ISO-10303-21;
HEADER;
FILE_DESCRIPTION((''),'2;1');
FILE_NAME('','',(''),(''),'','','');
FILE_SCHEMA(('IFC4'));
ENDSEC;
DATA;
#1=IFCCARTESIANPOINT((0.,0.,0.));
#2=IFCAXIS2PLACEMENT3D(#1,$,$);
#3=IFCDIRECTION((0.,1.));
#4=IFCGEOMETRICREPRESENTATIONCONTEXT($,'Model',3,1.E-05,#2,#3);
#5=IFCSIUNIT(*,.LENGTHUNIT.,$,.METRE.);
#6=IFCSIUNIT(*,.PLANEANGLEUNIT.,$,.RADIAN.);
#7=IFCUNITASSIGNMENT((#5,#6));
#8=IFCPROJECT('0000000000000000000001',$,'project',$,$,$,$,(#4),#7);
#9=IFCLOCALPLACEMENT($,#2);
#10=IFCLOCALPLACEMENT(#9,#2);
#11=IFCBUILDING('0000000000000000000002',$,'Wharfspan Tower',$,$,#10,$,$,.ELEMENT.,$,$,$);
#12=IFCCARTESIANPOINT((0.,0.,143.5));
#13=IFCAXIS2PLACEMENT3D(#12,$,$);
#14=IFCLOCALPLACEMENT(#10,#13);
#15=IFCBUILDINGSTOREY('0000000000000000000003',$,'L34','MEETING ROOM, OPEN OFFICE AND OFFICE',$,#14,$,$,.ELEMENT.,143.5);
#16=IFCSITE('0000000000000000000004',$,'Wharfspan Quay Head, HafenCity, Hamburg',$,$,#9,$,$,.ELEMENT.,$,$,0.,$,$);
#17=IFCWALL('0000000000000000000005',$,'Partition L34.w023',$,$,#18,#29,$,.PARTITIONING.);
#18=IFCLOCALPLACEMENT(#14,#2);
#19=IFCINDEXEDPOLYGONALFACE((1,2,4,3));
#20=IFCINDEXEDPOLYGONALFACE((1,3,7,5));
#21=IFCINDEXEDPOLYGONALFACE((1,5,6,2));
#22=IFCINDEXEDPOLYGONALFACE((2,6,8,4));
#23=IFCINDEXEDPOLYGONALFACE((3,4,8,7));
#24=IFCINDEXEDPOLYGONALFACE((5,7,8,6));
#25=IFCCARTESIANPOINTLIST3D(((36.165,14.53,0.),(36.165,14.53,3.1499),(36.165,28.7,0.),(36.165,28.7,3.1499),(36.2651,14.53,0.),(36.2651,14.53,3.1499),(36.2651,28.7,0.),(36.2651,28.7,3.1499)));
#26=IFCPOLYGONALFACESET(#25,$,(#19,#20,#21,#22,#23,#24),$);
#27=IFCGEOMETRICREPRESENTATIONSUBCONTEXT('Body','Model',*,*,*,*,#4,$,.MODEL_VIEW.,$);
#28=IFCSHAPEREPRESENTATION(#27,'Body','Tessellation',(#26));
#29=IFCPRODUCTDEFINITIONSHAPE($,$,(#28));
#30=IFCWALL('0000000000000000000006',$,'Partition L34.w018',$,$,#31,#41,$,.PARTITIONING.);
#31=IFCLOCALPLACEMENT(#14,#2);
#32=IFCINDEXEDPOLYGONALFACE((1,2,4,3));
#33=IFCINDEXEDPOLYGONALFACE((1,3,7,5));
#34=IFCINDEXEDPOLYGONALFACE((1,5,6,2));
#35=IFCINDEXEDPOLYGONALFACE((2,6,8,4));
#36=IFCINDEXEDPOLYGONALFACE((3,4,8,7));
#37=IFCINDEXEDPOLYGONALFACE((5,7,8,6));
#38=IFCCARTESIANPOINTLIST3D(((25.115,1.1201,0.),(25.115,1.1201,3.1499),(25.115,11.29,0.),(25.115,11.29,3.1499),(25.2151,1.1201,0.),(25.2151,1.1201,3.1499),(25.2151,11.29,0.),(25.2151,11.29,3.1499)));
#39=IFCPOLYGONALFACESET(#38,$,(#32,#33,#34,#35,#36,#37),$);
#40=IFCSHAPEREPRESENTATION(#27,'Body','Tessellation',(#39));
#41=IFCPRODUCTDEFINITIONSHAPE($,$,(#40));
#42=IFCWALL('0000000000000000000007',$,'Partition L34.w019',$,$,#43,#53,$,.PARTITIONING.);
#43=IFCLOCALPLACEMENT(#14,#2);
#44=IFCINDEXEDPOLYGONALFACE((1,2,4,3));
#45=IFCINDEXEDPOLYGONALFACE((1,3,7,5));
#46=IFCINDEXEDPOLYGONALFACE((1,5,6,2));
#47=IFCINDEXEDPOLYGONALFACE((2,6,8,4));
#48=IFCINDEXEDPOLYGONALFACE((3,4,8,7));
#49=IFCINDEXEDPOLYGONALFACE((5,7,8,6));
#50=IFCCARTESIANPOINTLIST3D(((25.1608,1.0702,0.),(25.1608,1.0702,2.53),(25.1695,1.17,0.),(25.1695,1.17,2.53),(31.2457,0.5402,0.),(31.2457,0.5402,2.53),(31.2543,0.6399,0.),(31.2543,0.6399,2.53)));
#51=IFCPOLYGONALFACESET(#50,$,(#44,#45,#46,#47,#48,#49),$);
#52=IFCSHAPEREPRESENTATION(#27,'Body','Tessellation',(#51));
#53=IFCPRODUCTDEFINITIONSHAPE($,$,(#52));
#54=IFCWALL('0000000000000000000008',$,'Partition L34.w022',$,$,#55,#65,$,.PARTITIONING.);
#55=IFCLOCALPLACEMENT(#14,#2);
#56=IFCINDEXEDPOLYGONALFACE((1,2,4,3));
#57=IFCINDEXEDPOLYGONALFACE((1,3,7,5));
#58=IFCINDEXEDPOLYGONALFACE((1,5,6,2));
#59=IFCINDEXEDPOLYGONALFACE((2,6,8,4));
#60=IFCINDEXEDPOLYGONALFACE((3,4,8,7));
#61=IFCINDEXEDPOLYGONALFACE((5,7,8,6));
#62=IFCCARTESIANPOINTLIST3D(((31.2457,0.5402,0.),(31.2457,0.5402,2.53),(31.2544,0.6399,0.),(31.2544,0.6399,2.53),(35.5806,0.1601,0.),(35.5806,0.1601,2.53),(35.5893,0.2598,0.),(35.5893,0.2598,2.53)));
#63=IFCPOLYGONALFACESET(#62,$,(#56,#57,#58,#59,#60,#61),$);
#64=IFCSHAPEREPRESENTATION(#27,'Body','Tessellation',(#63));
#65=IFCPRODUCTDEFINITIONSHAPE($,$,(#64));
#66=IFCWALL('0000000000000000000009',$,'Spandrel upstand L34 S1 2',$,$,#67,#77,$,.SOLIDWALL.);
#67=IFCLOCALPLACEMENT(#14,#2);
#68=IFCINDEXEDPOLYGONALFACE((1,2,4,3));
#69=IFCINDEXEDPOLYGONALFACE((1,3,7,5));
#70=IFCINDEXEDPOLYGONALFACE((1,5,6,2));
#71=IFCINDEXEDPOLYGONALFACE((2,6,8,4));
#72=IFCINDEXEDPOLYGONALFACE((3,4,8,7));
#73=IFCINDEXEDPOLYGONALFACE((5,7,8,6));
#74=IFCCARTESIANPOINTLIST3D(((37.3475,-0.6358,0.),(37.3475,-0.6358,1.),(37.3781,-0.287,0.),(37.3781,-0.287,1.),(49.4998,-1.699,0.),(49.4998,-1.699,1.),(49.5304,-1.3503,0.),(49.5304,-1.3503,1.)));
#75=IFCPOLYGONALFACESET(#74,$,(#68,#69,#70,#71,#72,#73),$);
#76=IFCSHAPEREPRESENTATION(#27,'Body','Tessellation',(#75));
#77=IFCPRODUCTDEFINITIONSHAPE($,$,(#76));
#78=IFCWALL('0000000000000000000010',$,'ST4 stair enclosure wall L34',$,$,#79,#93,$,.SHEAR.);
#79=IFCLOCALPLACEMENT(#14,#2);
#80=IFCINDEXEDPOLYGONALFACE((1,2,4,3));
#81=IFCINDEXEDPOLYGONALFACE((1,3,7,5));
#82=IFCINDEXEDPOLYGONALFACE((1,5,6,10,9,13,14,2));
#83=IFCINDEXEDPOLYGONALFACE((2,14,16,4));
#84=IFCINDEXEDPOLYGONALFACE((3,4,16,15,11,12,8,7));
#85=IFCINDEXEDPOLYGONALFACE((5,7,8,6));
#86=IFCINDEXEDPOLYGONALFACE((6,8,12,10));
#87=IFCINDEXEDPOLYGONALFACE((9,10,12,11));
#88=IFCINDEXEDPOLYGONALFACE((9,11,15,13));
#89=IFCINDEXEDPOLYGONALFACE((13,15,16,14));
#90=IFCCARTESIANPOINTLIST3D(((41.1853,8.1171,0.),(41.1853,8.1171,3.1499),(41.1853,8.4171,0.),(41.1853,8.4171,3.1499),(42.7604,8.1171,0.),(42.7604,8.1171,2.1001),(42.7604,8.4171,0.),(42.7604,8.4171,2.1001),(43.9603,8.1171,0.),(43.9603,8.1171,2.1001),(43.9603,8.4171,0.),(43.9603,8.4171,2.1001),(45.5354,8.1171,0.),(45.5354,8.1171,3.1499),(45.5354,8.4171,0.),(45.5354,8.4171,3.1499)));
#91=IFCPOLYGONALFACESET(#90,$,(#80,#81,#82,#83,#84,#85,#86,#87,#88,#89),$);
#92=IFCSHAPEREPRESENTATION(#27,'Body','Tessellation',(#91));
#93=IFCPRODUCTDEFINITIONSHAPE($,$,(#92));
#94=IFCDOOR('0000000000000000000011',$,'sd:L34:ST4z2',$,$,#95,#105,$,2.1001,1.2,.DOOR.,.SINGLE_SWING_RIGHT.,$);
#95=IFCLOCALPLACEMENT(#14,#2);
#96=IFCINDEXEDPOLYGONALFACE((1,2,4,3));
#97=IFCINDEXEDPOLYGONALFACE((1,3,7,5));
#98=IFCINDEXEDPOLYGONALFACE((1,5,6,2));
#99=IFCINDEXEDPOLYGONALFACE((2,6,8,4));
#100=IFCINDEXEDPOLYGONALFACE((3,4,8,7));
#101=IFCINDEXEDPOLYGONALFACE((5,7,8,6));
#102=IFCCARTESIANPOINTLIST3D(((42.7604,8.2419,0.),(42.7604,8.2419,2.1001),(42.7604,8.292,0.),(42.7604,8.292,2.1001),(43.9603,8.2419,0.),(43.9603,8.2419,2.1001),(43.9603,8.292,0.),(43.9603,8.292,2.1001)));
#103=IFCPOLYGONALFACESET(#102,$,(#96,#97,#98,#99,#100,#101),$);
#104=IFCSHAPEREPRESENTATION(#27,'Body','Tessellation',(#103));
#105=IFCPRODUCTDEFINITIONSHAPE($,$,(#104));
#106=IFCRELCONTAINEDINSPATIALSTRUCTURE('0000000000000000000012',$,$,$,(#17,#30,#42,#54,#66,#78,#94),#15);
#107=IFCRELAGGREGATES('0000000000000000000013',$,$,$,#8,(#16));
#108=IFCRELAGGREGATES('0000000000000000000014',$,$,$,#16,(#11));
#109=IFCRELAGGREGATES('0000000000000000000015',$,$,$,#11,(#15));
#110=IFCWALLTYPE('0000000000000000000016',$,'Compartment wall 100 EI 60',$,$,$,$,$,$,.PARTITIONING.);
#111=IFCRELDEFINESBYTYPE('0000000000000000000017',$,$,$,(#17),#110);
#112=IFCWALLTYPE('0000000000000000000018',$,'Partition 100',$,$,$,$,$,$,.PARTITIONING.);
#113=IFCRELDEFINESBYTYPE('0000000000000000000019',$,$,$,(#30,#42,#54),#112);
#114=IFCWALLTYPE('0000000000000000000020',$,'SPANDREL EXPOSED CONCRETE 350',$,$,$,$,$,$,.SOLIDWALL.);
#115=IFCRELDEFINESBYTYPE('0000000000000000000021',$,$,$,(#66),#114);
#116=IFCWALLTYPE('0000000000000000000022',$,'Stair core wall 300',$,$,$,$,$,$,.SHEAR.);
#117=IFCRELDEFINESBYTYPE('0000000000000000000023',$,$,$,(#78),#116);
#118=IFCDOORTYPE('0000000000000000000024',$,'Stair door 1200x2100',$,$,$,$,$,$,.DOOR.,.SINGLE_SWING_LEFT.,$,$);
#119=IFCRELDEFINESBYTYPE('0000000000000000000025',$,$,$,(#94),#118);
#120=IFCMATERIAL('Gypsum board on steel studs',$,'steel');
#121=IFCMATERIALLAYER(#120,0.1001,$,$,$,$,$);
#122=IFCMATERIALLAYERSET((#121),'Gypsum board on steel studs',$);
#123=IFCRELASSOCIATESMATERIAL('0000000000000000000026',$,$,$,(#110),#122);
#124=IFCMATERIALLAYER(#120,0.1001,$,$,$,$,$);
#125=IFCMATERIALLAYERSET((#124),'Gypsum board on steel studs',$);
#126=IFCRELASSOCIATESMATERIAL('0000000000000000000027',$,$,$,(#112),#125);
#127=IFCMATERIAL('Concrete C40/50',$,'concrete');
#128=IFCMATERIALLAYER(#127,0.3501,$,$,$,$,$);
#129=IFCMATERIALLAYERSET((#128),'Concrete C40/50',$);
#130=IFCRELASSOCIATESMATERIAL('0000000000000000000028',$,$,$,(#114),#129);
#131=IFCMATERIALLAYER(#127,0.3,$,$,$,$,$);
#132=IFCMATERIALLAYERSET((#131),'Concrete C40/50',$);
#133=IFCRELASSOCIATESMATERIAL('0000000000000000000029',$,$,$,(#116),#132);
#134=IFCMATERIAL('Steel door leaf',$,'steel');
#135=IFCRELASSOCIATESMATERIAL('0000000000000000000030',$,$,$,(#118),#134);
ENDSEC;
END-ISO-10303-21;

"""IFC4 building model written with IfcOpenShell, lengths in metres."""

from ifc_helpers import new_model, si_unit, direction, frame, frame_2d, origin, place, context, subcontext, project, spatial, rectangle, extrude, material, layer, layer_set, type_object, element, fill, save


model = new_model("IFC4")

# Units and contexts
model_context = context("Model", 3, precision=1e-05, world=origin(), true_north=direction((0.0, 1.0)))
body_context = subcontext(model_context, "Body", "Model", "MODEL_VIEW")
ifc_project = project(units=[si_unit("LENGTHUNIT", "METRE"), si_unit("PLANEANGLEUNIT", "RADIAN")], contexts=[model_context])

# Site, building, storey
site_placement = place(None, origin())
site = spatial("IfcSite", under=ifc_project, at=site_placement, Name="Wharfspan Quay Head, HafenCity, Hamburg", CompositionType="ELEMENT", RefElevation=0.0)
building_placement = place(site_placement, origin())
building = spatial("IfcBuilding", under=site, at=building_placement, Name="Wharfspan Tower", CompositionType="ELEMENT")
storey_placement = place(building_placement, frame((0.0, 0.0, 143.5)))
storey = spatial("IfcBuildingStorey", under=building, at=storey_placement, Name="L34", Description="MEETING ROOM, OPEN OFFICE AND OFFICE", CompositionType="ELEMENT", Elevation=143.5)

# Walls
ifc_material_1 = material(Name="Gypsum board on steel studs", Category="steel")
ifc_layer_1 = layer(ifc_material_1, 0.1001)
ifc_layer_set_1 = layer_set([ifc_layer_1], Name="Gypsum board on steel studs")
wall_type_1 = type_object("IfcWallType", Name="Compartment wall 100 EI 60", PredefinedType="PARTITIONING", material=ifc_layer_set_1)
wall_1_placement = place(storey_placement, frame((36.2151, 14.53, 0.0), z_axis=(0.0, 0.0, 1.0), x_axis=(0.0, 1.0, 0.0)))
element("IfcWall", 1, at=wall_1_placement, inside=storey, type_object=wall_type_1, Name="Partition L34.w023", PredefinedType="PARTITIONING", context=body_context, shape_type="SweptSolid", body=[
    extrude(rectangle(XDim=14.1699, YDim=0.1001, at=frame_2d((7.085, 0.0))), origin(), (0.0, 0.0, 1.0), 3.1499),
])
ifc_layer_2 = layer(ifc_material_1, 0.1001)
ifc_layer_set_2 = layer_set([ifc_layer_2], Name="Gypsum board on steel studs")
wall_type_2 = type_object("IfcWallType", Name="Partition 100", PredefinedType="PARTITIONING", material=ifc_layer_set_2)
wall_2_placement = place(storey_placement, frame((25.165, 1.1201, 0.0), z_axis=(0.0, 0.0, 1.0), x_axis=(0.0, 1.0, 0.0)))
element("IfcWall", 2, at=wall_2_placement, inside=storey, type_object=wall_type_2, Name="Partition L34.w018", PredefinedType="PARTITIONING", context=body_context, shape_type="SweptSolid", body=[
    extrude(rectangle(XDim=10.1699, YDim=0.1001, at=frame_2d((5.085, 0.0))), origin(), (0.0, 0.0, 1.0), 3.1499),
])
wall_3_placement = place(storey_placement, frame((31.25, 0.5901, 0.0), z_axis=(0.0, 0.0, 1.0), x_axis=(-0.996225, 0.086776, 0.0)))
element("IfcWall", 3, at=wall_3_placement, inside=storey, type_object=wall_type_2, Name="Partition L34.w019", PredefinedType="PARTITIONING", context=body_context, shape_type="SweptSolid", body=[
    extrude(rectangle(XDim=6.1079, YDim=0.1001, at=frame_2d((3.054, 0.0))), origin(), (0.0, 0.0, 1.0), 2.53),
])
wall_4_placement = place(storey_placement, frame((35.585, 0.21, 0.0), z_axis=(0.0, 0.0, 1.0), x_axis=(-0.996173, 0.087353, 0.0)))
element("IfcWall", 4, at=wall_4_placement, inside=storey, type_object=wall_type_2, Name="Partition L34.w022", PredefinedType="PARTITIONING", context=body_context, shape_type="SweptSolid", body=[
    extrude(rectangle(XDim=4.3516, YDim=0.1001, at=frame_2d((2.1758, 0.0))), origin(), (0.0, 0.0, 1.0), 2.53),
])
ifc_material_2 = material(Name="Concrete C40/50", Category="concrete")
ifc_layer_3 = layer(ifc_material_2, 0.3501)
ifc_layer_set_3 = layer_set([ifc_layer_3], Name="Concrete C40/50")
wall_type_3 = type_object("IfcWallType", Name="SPANDREL EXPOSED CONCRETE 350", PredefinedType="SOLIDWALL", material=ifc_layer_set_3)
wall_5_placement = place(storey_placement, frame((37.3628, -0.4614, 0.0), z_axis=(0.0, 0.0, 1.0), x_axis=(0.996194, -0.087159, 0.0)))
element("IfcWall", 5, at=wall_5_placement, inside=storey, type_object=wall_type_3, Name="Spandrel upstand L34 S1 2", PredefinedType="SOLIDWALL", context=body_context, shape_type="SweptSolid", body=[
    extrude(rectangle(XDim=12.1987, YDim=0.3501, at=frame_2d((6.0994, 0.0))), origin(), (0.0, 0.0, 1.0), 1.0),
])

# Wall, opening, door
ifc_layer_4 = layer(ifc_material_2, 0.3)
ifc_layer_set_4 = layer_set([ifc_layer_4], Name="Concrete C40/50")
wall_type_4 = type_object("IfcWallType", Name="Stair core wall 300", PredefinedType="SHEAR", material=ifc_layer_set_4)
wall_6_placement = place(storey_placement, frame((41.1853, 8.2671, 0.0), z_axis=(0.0, 0.0, 1.0), x_axis=(1.0, 0.0, 0.0)))
wall_6 = element("IfcWall", 6, at=wall_6_placement, inside=storey, type_object=wall_type_4, Name="ST4 stair enclosure wall L34", PredefinedType="SHEAR", context=body_context, shape_type="SweptSolid", body=[
    extrude(rectangle(XDim=4.3501, YDim=0.3, at=frame_2d((2.175, 0.0))), origin(), (0.0, 0.0, 1.0), 3.1499),
])
opening_placement = place(wall_6_placement, frame((1.575, 0.0, 0.0)))
opening = element("IfcOpeningElement", 7, at=opening_placement, cuts=wall_6, PredefinedType="OPENING", context=body_context, shape_type="SweptSolid", body=[
    extrude(rectangle(XDim=1.2, YDim=2.1001, at=frame_2d((0.6001, 1.05))), frame((0.0, 0.1599, 0.0), z_axis=(0.0, -1.0, 0.0), x_axis=(1.0, 0.0, 0.0)), (0.0, 0.0, 1.0), 0.3201),
])
ifc_material_3 = material(Name="Steel door leaf", Category="steel")
door_type = type_object("IfcDoorType", Name="Stair door 1200x2100", OperationType="SINGLE_SWING_LEFT", PredefinedType="DOOR", material=ifc_material_3)
door_placement = place(opening_placement, origin())
door = element("IfcDoor", 8, at=door_placement, inside=storey, type_object=door_type, Name="sd:L34:ST4z2", OperationType="SINGLE_SWING_RIGHT", OverallHeight=2.1001, OverallWidth=1.2, PredefinedType="DOOR", context=body_context, shape_type="SweptSolid", body=[
    extrude(rectangle(XDim=1.2, YDim=2.1001, at=frame_2d((0.6001, 1.05))), frame((0.0, 0.0249, 0.0), z_axis=(0.0, -1.0, 0.0), x_axis=(1.0, 0.0, 0.0)), (0.0, 0.0, 1.0), 0.05),
])
fill(opening, door)

save(model, "model.ifc")
